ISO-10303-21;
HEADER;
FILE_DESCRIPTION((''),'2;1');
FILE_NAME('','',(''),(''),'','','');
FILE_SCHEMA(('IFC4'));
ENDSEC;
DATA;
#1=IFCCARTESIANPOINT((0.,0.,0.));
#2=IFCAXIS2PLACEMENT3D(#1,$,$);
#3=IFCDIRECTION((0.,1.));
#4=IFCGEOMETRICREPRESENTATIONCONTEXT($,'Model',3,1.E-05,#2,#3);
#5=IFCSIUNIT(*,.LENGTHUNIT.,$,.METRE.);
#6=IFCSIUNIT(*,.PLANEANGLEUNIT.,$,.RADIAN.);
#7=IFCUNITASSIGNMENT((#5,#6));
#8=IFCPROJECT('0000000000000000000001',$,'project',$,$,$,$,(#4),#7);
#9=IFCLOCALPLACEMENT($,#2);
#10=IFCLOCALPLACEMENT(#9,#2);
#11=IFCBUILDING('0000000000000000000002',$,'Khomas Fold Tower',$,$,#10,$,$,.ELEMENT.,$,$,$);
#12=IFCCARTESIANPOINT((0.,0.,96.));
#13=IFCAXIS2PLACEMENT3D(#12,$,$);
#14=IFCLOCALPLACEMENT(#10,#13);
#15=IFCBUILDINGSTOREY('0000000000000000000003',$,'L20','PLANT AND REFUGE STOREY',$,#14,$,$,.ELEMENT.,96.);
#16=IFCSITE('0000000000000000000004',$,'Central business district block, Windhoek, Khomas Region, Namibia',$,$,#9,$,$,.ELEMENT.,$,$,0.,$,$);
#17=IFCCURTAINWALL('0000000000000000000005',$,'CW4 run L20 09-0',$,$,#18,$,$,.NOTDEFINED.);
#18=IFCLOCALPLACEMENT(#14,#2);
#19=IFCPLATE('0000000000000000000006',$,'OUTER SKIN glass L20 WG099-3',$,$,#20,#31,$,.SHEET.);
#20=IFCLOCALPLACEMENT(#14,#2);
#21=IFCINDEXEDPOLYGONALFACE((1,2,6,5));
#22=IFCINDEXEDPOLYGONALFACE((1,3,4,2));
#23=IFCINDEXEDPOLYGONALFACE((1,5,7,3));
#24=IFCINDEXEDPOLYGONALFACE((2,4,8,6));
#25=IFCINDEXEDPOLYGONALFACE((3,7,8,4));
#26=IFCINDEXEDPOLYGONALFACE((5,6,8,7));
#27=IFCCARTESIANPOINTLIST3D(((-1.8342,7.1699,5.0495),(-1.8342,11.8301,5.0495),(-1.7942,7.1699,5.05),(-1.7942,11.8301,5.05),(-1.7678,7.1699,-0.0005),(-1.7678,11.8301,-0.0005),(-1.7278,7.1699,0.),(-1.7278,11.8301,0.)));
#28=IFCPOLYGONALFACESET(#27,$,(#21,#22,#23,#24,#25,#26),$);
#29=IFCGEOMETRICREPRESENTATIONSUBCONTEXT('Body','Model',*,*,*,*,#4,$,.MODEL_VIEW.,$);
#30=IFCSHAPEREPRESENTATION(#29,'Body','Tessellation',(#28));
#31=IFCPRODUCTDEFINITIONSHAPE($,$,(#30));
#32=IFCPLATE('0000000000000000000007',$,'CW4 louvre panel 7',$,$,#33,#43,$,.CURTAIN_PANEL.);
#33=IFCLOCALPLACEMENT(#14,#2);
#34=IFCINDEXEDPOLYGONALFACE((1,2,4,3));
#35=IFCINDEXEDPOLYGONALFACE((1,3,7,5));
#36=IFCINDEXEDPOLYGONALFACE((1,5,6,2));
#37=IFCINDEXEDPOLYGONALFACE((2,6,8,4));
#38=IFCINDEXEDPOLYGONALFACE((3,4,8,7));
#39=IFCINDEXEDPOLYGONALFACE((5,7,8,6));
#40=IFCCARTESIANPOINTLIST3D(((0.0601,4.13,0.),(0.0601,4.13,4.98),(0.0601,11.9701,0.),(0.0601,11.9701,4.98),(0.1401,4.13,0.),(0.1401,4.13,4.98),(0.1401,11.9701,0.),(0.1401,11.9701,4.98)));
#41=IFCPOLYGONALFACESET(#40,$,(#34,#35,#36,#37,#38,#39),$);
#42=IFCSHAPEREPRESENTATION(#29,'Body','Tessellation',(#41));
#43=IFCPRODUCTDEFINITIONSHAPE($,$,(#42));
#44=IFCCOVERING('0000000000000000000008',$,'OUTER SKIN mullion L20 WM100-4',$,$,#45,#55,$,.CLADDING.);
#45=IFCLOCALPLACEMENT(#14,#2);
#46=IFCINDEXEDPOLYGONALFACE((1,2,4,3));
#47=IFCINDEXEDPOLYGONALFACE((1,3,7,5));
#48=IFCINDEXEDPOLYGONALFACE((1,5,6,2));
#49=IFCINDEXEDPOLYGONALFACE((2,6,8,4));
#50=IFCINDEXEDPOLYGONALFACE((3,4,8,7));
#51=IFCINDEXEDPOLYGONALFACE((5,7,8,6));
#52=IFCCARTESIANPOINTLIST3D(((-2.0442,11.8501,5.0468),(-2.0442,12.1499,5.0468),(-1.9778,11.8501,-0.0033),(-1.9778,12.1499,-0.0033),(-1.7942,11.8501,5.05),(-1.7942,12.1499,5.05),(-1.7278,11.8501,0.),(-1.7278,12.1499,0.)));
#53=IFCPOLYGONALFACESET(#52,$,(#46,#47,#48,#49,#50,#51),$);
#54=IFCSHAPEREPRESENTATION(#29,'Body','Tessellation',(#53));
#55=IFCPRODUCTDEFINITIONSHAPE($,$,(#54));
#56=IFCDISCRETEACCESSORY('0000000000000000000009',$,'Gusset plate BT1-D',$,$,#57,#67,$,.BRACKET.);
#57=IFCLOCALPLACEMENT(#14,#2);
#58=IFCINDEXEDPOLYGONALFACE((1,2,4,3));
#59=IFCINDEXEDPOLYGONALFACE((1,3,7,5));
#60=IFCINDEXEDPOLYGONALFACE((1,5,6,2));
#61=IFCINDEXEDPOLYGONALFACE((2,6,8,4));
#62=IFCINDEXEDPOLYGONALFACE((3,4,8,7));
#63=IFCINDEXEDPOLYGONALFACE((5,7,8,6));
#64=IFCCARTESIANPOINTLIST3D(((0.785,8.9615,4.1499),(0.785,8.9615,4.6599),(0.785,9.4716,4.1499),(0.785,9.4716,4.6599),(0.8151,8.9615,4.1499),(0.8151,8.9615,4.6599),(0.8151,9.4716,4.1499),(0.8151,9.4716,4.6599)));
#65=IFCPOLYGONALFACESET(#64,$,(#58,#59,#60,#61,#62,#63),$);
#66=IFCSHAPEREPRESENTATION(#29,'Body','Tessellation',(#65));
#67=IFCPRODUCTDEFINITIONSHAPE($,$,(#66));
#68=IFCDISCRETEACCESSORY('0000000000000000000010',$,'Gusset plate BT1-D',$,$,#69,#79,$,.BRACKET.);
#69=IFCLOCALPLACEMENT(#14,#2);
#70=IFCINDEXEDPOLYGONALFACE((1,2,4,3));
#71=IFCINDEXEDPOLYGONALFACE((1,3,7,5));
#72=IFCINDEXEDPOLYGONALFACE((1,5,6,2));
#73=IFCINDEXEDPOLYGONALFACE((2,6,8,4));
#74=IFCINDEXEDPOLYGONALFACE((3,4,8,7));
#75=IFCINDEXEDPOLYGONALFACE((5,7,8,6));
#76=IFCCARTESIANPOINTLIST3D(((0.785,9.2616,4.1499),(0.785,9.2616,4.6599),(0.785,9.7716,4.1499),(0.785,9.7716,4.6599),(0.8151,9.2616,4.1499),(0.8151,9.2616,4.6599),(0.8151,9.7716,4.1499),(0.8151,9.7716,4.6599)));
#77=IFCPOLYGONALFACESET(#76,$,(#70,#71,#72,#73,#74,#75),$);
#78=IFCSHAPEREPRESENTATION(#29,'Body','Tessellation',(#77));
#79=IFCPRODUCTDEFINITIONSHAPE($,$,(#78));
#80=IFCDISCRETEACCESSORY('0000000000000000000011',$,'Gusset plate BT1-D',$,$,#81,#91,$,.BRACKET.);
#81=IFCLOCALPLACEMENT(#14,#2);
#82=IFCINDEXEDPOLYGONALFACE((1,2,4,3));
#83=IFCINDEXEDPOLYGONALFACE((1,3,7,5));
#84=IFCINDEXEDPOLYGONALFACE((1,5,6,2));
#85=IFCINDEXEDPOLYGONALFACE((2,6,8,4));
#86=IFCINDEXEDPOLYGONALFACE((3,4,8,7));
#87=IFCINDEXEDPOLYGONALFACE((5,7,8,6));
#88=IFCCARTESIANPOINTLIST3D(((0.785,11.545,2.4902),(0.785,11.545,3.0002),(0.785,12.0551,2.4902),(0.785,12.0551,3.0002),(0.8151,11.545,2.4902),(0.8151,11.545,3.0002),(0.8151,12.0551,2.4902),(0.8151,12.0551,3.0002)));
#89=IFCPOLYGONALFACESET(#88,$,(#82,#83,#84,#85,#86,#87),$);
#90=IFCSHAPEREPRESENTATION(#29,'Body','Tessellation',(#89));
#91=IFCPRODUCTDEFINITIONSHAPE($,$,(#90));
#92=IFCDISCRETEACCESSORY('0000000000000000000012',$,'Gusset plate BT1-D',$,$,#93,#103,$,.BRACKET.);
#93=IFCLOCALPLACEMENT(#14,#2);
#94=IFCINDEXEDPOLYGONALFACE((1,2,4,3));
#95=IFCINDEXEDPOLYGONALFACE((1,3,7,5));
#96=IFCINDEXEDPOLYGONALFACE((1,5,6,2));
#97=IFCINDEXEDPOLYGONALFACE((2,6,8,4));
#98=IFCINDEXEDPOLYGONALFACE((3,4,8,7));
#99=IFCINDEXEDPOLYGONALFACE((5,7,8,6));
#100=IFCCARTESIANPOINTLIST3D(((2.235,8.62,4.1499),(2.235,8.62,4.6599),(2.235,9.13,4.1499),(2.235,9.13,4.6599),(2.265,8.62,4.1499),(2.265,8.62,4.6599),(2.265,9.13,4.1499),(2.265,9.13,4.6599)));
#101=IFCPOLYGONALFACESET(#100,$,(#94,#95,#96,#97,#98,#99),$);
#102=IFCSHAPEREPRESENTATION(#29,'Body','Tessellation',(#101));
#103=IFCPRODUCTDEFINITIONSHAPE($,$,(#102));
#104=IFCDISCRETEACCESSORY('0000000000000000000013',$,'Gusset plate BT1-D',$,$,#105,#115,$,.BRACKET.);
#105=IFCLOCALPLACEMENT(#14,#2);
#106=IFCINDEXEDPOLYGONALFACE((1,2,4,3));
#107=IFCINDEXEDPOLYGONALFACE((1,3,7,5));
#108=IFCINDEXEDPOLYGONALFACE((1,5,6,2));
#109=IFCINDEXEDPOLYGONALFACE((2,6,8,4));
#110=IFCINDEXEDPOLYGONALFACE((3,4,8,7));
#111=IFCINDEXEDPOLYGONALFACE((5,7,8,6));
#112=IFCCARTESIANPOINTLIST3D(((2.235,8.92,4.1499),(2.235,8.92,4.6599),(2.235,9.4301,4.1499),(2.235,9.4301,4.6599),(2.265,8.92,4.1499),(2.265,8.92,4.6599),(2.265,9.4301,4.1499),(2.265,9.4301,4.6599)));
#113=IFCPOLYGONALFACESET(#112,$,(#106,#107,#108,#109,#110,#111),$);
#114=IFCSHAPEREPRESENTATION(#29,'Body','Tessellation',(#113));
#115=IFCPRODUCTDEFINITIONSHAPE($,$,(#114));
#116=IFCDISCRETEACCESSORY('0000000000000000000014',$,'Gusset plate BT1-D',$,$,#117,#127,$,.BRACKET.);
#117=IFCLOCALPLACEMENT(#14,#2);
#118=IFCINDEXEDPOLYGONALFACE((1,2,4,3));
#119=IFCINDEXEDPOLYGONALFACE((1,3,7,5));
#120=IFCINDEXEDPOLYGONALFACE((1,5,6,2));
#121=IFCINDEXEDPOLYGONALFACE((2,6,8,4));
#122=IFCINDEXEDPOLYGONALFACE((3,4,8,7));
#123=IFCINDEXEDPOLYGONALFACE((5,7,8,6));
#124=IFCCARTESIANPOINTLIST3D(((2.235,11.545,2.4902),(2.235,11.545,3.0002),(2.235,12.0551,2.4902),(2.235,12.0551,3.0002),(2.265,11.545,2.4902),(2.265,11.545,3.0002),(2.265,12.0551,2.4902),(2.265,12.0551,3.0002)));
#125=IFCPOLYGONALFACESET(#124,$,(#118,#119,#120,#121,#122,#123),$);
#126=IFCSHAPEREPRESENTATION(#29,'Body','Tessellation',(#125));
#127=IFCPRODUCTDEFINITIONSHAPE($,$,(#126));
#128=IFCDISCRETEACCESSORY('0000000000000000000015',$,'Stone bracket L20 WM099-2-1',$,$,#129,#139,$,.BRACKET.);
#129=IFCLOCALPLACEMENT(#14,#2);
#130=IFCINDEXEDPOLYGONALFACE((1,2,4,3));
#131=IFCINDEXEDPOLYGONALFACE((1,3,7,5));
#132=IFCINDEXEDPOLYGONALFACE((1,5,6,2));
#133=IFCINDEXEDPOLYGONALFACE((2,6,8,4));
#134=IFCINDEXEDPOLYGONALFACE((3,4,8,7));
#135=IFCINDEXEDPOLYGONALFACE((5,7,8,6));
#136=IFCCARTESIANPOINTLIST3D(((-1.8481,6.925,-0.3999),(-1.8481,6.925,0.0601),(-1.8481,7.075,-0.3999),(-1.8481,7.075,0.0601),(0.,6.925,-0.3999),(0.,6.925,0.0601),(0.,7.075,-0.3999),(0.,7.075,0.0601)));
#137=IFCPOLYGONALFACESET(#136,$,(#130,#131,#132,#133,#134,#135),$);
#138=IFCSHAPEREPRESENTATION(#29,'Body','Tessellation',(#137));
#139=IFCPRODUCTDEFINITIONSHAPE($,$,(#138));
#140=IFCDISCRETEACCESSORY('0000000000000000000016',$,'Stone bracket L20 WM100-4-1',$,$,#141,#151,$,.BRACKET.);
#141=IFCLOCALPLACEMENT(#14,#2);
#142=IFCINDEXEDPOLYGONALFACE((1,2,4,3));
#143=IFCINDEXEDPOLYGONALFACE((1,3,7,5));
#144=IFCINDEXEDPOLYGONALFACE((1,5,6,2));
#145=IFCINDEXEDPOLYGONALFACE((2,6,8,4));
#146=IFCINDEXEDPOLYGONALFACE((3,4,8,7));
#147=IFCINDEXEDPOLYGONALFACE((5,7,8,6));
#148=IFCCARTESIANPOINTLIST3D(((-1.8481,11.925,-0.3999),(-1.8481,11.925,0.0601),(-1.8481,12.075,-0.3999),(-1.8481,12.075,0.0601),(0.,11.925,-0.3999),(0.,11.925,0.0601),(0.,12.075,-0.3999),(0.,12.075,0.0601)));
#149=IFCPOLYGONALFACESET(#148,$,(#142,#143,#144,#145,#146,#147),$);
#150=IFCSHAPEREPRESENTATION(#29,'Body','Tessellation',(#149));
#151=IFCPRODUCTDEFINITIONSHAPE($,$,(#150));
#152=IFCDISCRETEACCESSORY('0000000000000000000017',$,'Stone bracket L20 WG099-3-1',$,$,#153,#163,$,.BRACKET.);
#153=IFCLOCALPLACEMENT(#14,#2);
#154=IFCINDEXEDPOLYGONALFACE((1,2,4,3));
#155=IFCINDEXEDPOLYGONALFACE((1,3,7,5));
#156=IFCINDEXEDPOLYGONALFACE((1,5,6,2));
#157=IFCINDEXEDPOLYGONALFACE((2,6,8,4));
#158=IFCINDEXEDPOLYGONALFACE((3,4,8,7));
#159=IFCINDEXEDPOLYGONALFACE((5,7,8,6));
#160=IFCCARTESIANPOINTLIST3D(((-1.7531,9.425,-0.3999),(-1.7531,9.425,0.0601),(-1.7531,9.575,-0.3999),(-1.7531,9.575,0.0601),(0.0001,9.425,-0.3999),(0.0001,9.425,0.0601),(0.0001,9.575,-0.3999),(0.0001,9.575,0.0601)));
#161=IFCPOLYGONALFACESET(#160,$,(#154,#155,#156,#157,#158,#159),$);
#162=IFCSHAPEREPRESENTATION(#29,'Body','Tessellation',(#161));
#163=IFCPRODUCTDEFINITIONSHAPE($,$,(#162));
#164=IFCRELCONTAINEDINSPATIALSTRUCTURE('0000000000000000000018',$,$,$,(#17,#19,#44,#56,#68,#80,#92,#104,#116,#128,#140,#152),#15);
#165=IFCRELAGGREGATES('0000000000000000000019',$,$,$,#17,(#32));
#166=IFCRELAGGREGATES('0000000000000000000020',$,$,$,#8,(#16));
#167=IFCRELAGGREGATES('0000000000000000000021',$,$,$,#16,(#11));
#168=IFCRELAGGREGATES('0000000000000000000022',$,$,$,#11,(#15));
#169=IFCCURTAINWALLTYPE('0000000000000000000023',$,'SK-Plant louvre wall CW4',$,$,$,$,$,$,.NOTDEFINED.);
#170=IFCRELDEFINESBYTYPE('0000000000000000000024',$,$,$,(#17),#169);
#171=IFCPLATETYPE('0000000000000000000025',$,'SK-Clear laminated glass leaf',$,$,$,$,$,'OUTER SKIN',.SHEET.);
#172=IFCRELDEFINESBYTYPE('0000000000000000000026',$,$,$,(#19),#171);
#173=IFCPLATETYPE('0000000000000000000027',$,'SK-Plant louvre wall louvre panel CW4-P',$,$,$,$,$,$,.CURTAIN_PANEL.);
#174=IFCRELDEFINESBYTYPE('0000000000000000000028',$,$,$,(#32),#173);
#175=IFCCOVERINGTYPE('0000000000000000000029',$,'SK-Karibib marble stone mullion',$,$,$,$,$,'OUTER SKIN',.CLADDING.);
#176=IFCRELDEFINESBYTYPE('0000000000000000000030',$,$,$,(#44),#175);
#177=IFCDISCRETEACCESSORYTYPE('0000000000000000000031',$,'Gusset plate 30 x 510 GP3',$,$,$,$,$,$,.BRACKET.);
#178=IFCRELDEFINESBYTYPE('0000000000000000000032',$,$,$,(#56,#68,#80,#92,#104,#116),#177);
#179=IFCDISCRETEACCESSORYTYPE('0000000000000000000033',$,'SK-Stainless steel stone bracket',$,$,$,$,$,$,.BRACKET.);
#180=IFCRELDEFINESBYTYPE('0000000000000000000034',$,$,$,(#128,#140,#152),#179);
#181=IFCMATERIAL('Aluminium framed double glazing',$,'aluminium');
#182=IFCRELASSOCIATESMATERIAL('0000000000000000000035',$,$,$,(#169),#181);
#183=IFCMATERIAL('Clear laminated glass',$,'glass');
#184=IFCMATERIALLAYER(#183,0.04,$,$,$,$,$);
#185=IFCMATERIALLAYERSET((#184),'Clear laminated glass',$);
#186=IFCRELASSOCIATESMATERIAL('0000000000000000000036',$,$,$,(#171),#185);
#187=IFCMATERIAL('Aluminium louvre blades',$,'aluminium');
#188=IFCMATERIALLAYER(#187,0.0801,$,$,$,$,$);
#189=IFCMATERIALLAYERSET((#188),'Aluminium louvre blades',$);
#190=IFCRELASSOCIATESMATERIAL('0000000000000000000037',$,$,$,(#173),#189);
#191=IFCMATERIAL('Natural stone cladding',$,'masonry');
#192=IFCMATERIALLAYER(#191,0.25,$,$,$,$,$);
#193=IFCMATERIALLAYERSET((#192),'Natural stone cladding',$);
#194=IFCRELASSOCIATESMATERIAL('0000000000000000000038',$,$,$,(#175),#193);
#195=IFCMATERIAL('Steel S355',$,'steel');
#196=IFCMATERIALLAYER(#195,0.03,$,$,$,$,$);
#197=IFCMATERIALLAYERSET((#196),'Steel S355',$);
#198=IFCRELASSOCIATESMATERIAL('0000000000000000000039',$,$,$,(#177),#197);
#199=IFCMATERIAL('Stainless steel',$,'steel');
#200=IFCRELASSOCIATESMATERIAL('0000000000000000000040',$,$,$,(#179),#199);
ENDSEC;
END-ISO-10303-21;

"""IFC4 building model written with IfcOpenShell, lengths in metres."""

from ifc_helpers import new_model, si_unit, direction, frame, origin, origin_2d, place, context, subcontext, project, spatial, polyline, rectangle, outline, extrude, source, transform, mapped, material, layer, layer_set, type_object, element, aggregate, save


model = new_model("IFC4")

# Units and contexts
model_context = context("Model", 3, precision=1e-05, world=origin(), true_north=direction((0.0, 1.0)))
body_context = subcontext(model_context, "Body", "Model", "MODEL_VIEW")
ifc_project = project(units=[si_unit("LENGTHUNIT", "METRE"), si_unit("PLANEANGLEUNIT", "RADIAN")], contexts=[model_context])

# Site, building, storey
site_placement = place(None, origin())
site = spatial("IfcSite", under=ifc_project, at=site_placement, Name="Central business district block, Windhoek, Khomas Region, Namibia", CompositionType="ELEMENT", RefElevation=0.0)
building_placement = place(site_placement, origin())
building = spatial("IfcBuilding", under=site, at=building_placement, Name="Khomas Fold Tower", CompositionType="ELEMENT")
storey_placement = place(building_placement, frame((0.0, 0.0, 96.0)))
storey = spatial("IfcBuildingStorey", under=building, at=storey_placement, Name="L20", Description="PLANT AND REFUGE STOREY", CompositionType="ELEMENT", Elevation=96.0)

# Curtain wall
ifc_material_1 = material(Name="Aluminium framed double glazing", Category="aluminium")
curtain_wall_type = type_object("IfcCurtainWallType", Name="SK-Plant louvre wall CW4", PredefinedType="NOTDEFINED", material=ifc_material_1)
curtain_wall_placement = place(storey_placement, origin())
curtain_wall = element("IfcCurtainWall", 1, at=curtain_wall_placement, inside=storey, type_object=curtain_wall_type, Name="CW4 run L20 09-0", PredefinedType="NOTDEFINED")

# Plates
ifc_material_2 = material(Name="Clear laminated glass", Category="glass")
ifc_layer_1 = layer(ifc_material_2, 0.04)
ifc_layer_set_1 = layer_set([ifc_layer_1], Name="Clear laminated glass")
plate_type_1 = type_object("IfcPlateType", Name="SK-Clear laminated glass leaf", ElementType="OUTER SKIN", PredefinedType="SHEET", material=ifc_layer_set_1)
plate_1_placement = place(storey_placement, frame((-1.7278, 7.1699, 0.0), z_axis=(0.999914, 0.0, 0.013148), x_axis=(-0.013148, 0.0, 0.999914)))
element("IfcPlate", 2, at=plate_1_placement, inside=storey, type_object=plate_type_1, Name="OUTER SKIN glass L20 WG099-3", PredefinedType="SHEET", context=body_context, shape_type="SweptSolid", body=[
    extrude(outline(polyline([(0.0, 0.0), (5.0505, 0.0), (5.0505, -4.6602), (0.0, -4.6602), (0.0, 0.0)])), origin(), (0.0, 0.0, -1.0), 0.04),
])
ifc_material_3 = material(Name="Aluminium louvre blades", Category="aluminium")
ifc_layer_2 = layer(ifc_material_3, 0.0801)
ifc_layer_set_2 = layer_set([ifc_layer_2], Name="Aluminium louvre blades")
plate_type_2 = type_object("IfcPlateType", Name="SK-Plant louvre wall louvre panel CW4-P", PredefinedType="CURTAIN_PANEL", material=ifc_layer_set_2)
shared_shape_1 = source(origin(), body_context, "Body", "SweptSolid", [
    extrude(rectangle(XDim=7.8401, YDim=0.0801, at=origin_2d()), origin(), (0.0, 0.0, 1.0), 4.98),
])
plate_2_placement = place(storey_placement, frame((0.1001, 8.05, 0.0), z_axis=(0.0, 0.0, 1.0), x_axis=(0.0, -1.0, 0.0)))
plate_2 = element("IfcPlate", 3, at=plate_2_placement, type_object=plate_type_2, Name="CW4 louvre panel 7", PredefinedType="CURTAIN_PANEL", context=body_context, shape_type="MappedRepresentation", body=[
    mapped(shared_shape_1, transform((0.0, 0.0, 0.0))),
])
aggregate(curtain_wall, [plate_2])

# Covering
ifc_material_4 = material(Name="Natural stone cladding", Category="masonry")
ifc_layer_3 = layer(ifc_material_4, 0.25)
ifc_layer_set_3 = layer_set([ifc_layer_3], Name="Natural stone cladding")
covering_type = type_object("IfcCoveringType", Name="SK-Karibib marble stone mullion", ElementType="OUTER SKIN", PredefinedType="CLADDING", material=ifc_layer_set_3)
covering_placement = place(storey_placement, frame((-1.7278, 11.8501, 0.0), z_axis=(0.999914, 0.0, 0.013148), x_axis=(-0.013148, 0.0, 0.999914)))
element("IfcCovering", 4, at=covering_placement, inside=storey, type_object=covering_type, Name="OUTER SKIN mullion L20 WM100-4", PredefinedType="CLADDING", context=body_context, shape_type="SweptSolid", body=[
    extrude(outline(polyline([(0.0, 0.0), (5.0505, 0.0), (5.0505, -0.2998), (0.0, -0.2998), (0.0, 0.0)])), origin(), (0.0, 0.0, -1.0), 0.25),
])

# Discrete accessories
ifc_material_5 = material(Name="Steel S355", Category="steel")
ifc_layer_4 = layer(ifc_material_5, 0.03)
ifc_layer_set_4 = layer_set([ifc_layer_4], Name="Steel S355")
discrete_accessory_type_1 = type_object("IfcDiscreteAccessoryType", Name="Gusset plate 30 x 510 GP3", PredefinedType="BRACKET", material=ifc_layer_set_4)
shared_shape_2 = source(origin(), body_context, "Body", "SweptSolid", [
    extrude(rectangle(XDim=0.51, YDim=0.03, at=origin_2d()), origin(), (0.0, 0.0, 1.0), 0.51),
])
for number, where, z_axis, x_axis, name in (
    (5, (0.8, 9.2166, 4.1499), (0.0, 0.0, 1.0), (0.0, 1.0, 0.0), "Gusset plate BT1-D"),
    (6, (0.8, 9.5166, 4.1499), (0.0, 0.0, 1.0), (0.0, 1.0, 0.0), "Gusset plate BT1-D"),
    (7, (0.8, 11.8, 2.4902), (0.0, 0.0, 1.0), (0.0, 1.0, 0.0), "Gusset plate BT1-D"),
    (8, (2.25, 8.875, 4.1499), (0.0, 0.0, 1.0), (0.0, 1.0, 0.0), "Gusset plate BT1-D"),
    (9, (2.25, 9.175, 4.1499), (0.0, 0.0, 1.0), (0.0, 1.0, 0.0), "Gusset plate BT1-D"),
    (10, (2.25, 11.8, 2.4902), (0.0, 0.0, 1.0), (0.0, 1.0, 0.0), "Gusset plate BT1-D"),
):
    element("IfcDiscreteAccessory", number, at=place(storey_placement, frame(where, z_axis=z_axis, x_axis=x_axis)), inside=storey, type_object=discrete_accessory_type_1, Name=name, PredefinedType="BRACKET", context=body_context, shape_type="MappedRepresentation", body=[
        mapped(shared_shape_2, transform((0.0, 0.0, 0.0))),
    ])
ifc_material_6 = material(Name="Stainless steel", Category="steel")
discrete_accessory_type_2 = type_object("IfcDiscreteAccessoryType", Name="SK-Stainless steel stone bracket", PredefinedType="BRACKET", material=ifc_material_6)
shared_shape_3 = source(origin(), body_context, "Body", "SweptSolid", [
    extrude(rectangle(XDim=1.8481, YDim=0.1499, at=origin_2d()), origin(), (0.0, 0.0, 1.0), 0.46),
])
for number, where, z_axis, x_axis, name in (
    (11, (-0.9241, 7.0, -0.3999), (0.0, 0.0, 1.0), (-1.0, 0.0, 0.0), "Stone bracket L20 WM099-2-1"),
    (12, (-0.9241, 12.0, -0.3999), (0.0, 0.0, 1.0), (-1.0, 0.0, 0.0), "Stone bracket L20 WM100-4-1"),
):
    element("IfcDiscreteAccessory", number, at=place(storey_placement, frame(where, z_axis=z_axis, x_axis=x_axis)), inside=storey, type_object=discrete_accessory_type_2, Name=name, PredefinedType="BRACKET", context=body_context, shape_type="MappedRepresentation", body=[
        mapped(shared_shape_3, transform((0.0, 0.0, 0.0))),
    ])
shared_shape_4 = source(origin(), body_context, "Body", "SweptSolid", [
    extrude(rectangle(XDim=1.7532, YDim=0.1499, at=origin_2d()), origin(), (0.0, 0.0, 1.0), 0.46),
])
discrete_accessory_placement = place(storey_placement, frame((-0.8765, 9.5, -0.3999), z_axis=(0.0, 0.0, 1.0), x_axis=(-1.0, 0.0, 0.0)))
element("IfcDiscreteAccessory", 13, at=discrete_accessory_placement, inside=storey, type_object=discrete_accessory_type_2, Name="Stone bracket L20 WG099-3-1", PredefinedType="BRACKET", context=body_context, shape_type="MappedRepresentation", body=[
    mapped(shared_shape_4, transform((0.0, 0.0, 0.0))),
])

save(model, "model.ifc")
